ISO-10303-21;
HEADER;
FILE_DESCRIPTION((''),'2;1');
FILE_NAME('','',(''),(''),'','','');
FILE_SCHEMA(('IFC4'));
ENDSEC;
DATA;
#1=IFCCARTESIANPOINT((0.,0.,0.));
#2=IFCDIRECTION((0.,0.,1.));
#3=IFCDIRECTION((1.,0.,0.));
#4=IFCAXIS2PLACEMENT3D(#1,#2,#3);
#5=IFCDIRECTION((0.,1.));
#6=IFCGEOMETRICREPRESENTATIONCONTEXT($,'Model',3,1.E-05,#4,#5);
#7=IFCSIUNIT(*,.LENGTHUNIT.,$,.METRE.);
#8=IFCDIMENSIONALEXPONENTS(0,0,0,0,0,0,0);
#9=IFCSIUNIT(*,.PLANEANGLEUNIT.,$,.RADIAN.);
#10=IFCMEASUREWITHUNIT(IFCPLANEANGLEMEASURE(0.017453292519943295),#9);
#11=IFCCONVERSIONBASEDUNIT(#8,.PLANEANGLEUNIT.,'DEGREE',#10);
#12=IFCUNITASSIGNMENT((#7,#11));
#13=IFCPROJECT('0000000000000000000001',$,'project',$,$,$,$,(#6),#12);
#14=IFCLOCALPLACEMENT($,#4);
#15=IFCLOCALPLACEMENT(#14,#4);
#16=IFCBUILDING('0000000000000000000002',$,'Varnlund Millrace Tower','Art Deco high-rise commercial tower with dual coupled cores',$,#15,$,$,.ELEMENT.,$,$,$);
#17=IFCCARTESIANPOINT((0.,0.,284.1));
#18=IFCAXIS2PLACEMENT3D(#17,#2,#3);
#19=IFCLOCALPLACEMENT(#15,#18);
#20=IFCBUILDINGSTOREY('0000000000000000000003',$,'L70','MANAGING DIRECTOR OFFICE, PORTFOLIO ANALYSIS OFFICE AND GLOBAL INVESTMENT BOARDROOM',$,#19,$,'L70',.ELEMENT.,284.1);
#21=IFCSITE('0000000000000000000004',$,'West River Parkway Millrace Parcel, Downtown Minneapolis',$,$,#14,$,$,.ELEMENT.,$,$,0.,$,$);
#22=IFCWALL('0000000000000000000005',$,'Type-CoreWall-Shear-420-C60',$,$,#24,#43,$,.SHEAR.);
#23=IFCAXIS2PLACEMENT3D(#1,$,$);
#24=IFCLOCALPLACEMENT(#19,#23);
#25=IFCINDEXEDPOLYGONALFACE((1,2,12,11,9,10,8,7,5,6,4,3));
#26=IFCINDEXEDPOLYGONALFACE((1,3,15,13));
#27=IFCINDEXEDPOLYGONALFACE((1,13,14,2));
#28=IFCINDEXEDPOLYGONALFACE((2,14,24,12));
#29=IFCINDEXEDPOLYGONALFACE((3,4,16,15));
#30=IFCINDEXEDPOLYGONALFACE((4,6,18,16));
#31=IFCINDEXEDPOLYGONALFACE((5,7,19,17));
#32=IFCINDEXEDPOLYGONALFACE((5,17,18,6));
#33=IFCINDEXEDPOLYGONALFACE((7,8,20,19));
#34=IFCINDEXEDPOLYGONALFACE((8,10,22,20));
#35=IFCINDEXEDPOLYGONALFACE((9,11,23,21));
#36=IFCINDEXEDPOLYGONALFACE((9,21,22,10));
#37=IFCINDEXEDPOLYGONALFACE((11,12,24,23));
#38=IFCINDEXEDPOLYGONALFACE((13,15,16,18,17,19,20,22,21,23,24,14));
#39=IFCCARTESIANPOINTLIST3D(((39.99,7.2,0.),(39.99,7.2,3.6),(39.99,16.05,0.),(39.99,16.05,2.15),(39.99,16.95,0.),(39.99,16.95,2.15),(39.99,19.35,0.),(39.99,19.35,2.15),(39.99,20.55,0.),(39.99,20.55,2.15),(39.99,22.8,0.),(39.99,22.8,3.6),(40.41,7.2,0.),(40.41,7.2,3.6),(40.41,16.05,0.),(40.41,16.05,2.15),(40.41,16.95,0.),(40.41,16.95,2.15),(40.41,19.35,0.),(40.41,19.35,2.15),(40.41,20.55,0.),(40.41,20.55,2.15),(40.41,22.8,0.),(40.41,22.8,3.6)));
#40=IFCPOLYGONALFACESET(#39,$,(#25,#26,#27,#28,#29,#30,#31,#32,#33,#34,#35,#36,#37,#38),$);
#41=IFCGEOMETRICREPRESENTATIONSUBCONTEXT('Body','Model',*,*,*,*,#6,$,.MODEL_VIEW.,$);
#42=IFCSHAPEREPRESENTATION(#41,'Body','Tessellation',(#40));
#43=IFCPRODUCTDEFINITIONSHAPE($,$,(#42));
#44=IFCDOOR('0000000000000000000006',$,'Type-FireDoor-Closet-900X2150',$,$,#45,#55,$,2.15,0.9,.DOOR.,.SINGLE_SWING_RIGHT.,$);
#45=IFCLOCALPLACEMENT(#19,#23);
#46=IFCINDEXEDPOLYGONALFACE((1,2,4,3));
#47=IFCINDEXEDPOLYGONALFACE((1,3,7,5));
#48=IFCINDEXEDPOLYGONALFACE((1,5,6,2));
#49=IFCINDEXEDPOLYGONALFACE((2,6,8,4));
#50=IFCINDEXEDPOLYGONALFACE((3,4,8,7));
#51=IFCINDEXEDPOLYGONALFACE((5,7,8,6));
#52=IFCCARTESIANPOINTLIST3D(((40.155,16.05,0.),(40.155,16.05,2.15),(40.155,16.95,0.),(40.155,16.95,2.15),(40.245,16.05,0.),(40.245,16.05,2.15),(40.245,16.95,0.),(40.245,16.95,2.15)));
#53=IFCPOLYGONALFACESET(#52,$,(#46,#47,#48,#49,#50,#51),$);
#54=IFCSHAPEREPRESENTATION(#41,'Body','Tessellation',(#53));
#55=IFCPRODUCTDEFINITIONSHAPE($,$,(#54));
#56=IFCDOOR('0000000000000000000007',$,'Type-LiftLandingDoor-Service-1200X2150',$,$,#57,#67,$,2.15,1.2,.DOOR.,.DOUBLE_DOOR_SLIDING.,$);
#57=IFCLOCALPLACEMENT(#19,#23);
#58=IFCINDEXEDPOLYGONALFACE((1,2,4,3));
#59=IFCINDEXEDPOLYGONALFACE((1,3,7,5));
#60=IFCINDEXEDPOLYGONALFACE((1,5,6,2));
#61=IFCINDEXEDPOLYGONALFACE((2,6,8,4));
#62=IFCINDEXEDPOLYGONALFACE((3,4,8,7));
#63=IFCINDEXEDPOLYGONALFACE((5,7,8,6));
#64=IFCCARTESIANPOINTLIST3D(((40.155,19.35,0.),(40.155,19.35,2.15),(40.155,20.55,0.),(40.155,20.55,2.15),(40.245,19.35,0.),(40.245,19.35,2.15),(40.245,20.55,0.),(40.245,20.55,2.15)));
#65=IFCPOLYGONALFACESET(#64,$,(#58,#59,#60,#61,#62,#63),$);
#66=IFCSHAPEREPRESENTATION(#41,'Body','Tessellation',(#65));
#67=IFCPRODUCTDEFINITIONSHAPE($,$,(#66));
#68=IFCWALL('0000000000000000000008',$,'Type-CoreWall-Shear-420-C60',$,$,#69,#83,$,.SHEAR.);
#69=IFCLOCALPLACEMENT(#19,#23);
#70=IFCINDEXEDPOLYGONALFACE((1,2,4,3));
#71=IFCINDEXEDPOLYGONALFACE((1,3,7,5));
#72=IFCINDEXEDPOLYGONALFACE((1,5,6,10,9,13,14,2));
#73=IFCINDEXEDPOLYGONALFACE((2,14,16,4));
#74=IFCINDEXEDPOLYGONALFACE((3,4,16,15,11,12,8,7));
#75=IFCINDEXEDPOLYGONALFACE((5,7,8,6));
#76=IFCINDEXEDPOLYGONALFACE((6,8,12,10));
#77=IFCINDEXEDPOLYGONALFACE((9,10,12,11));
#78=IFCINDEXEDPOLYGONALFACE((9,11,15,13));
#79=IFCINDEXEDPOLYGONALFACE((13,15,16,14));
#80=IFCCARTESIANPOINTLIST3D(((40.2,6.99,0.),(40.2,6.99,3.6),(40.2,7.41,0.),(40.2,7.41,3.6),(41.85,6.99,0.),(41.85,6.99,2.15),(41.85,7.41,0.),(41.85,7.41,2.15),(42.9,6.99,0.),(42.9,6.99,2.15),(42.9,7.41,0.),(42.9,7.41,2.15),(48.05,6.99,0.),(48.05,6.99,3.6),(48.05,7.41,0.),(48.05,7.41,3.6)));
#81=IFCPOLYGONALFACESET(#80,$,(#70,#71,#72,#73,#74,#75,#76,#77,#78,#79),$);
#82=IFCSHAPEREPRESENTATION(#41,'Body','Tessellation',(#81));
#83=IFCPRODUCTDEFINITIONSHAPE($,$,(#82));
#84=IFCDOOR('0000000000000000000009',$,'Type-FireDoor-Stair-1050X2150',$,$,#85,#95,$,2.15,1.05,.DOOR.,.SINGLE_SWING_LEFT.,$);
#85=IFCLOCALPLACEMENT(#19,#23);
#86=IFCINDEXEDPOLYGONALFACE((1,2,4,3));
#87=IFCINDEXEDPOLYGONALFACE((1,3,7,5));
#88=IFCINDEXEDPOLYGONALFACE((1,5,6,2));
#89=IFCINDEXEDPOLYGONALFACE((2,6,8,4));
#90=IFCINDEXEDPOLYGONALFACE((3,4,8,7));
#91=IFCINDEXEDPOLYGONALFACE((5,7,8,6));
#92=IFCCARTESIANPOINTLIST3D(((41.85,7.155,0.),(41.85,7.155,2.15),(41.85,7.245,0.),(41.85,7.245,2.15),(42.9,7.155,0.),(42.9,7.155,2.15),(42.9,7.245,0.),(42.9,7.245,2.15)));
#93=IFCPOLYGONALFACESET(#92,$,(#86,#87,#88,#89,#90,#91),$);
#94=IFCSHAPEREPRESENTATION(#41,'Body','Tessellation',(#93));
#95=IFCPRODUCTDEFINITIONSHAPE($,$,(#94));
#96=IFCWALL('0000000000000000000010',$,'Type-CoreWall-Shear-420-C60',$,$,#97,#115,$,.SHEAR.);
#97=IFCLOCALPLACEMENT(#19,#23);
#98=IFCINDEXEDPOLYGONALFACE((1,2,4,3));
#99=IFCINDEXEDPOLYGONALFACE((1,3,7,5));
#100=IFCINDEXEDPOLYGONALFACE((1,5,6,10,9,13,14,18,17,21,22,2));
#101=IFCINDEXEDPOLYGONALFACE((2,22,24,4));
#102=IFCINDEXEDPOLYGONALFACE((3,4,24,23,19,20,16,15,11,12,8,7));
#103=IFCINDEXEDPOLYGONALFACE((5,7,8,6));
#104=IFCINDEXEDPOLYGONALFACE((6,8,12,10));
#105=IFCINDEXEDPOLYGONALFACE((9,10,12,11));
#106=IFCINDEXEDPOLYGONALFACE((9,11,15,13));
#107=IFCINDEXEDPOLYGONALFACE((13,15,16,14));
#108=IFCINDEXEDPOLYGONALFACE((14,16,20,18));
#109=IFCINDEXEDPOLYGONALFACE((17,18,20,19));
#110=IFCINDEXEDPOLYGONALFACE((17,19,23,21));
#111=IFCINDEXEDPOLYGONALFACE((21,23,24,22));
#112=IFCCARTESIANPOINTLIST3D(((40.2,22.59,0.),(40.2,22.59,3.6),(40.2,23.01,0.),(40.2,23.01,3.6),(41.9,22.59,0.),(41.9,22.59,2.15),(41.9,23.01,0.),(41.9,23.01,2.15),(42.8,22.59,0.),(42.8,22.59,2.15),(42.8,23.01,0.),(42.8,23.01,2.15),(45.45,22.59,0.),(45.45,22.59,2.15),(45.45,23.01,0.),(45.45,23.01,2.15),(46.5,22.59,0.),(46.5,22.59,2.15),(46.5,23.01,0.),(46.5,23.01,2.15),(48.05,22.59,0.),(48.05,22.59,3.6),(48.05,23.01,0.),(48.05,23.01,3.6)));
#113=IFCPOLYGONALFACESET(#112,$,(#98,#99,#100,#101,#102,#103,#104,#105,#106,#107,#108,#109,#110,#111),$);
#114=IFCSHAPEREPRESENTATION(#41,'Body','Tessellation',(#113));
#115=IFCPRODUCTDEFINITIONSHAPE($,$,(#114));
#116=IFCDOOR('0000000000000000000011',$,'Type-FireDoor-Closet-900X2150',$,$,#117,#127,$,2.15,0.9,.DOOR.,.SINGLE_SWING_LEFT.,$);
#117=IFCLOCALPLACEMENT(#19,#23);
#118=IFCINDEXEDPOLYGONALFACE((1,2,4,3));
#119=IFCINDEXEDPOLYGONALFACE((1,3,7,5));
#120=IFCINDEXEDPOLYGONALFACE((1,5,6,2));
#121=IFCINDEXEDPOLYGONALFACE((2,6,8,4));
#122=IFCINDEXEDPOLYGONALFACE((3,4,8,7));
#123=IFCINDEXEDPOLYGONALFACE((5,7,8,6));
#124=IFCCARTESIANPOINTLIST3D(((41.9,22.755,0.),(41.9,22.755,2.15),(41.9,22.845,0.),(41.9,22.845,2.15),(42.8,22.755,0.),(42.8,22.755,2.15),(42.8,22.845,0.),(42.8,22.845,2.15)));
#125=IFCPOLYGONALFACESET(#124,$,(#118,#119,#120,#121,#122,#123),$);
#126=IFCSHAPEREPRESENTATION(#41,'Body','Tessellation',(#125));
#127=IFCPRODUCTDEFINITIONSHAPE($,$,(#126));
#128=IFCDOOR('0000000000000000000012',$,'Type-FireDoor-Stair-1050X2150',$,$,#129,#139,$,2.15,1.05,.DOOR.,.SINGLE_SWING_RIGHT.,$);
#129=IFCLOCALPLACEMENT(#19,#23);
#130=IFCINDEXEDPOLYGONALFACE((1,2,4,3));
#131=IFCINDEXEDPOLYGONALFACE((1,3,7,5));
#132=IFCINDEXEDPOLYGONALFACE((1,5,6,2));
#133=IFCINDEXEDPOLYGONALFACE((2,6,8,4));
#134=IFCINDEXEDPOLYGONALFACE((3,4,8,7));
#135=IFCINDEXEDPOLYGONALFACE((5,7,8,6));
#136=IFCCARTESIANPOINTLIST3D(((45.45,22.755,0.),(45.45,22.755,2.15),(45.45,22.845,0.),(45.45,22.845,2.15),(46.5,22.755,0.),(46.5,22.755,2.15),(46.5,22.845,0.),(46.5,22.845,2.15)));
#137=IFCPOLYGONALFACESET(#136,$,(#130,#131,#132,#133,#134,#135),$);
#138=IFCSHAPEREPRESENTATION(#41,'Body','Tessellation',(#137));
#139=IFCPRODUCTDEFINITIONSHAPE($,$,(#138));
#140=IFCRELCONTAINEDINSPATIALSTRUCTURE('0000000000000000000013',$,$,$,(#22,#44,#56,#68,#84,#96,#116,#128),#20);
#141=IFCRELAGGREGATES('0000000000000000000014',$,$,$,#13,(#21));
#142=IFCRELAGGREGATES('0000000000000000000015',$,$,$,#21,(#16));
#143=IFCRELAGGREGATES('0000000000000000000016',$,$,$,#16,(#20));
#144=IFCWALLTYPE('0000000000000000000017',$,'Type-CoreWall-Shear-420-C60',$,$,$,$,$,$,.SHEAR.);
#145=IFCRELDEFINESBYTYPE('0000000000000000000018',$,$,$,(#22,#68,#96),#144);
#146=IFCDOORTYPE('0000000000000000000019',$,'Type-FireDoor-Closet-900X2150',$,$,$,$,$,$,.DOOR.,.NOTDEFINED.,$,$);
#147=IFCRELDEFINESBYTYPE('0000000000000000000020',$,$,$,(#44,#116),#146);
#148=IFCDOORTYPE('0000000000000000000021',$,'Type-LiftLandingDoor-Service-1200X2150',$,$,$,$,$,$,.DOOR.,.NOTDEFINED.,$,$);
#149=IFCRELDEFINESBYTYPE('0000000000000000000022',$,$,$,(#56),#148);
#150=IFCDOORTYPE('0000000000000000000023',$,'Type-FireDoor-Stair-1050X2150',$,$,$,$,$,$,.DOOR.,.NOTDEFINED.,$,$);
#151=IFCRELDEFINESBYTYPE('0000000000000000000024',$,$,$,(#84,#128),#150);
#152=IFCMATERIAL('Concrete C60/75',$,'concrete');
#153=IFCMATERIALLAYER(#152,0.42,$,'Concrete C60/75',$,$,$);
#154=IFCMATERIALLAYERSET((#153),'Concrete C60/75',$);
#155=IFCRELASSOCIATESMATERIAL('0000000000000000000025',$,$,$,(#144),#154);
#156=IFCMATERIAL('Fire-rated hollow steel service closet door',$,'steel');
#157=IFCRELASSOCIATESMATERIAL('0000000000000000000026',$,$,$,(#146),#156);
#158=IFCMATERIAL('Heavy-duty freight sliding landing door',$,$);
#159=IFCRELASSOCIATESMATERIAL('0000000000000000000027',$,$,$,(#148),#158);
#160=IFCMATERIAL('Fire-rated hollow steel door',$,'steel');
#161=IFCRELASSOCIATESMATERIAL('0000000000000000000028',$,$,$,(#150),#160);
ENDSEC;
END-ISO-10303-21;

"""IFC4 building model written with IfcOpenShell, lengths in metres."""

from ifc_helpers import new_model, entity, si_unit, converted_unit, direction, frame, origin_with_axes, origin_2d_with_axis, place, context, subcontext, project, spatial, polyline, rectangle, outline, extrude, material, layer, layer_set, type_object, element, fill, save


model = new_model("IFC4")

# Units and contexts
model_context = context("Model", 3, precision=1e-05, world=origin_with_axes(), true_north=direction((0.0, 1.0)))
body_context = subcontext(model_context, "Body", "Model", "MODEL_VIEW")
ifc_project = project(units=[si_unit("LENGTHUNIT", "METRE"), converted_unit("PLANEANGLEUNIT", "DEGREE", entity("IfcPlaneAngleMeasure", 0.017453292519943295), si_unit("PLANEANGLEUNIT", "RADIAN"), dimensions=[0, 0, 0, 0, 0, 0, 0])], contexts=[model_context])

# Site, building, storey
site_placement = place(None, origin_with_axes())
site = spatial("IfcSite", under=ifc_project, at=site_placement, Name="West River Parkway Millrace Parcel, Downtown Minneapolis", CompositionType="ELEMENT", RefElevation=0.0)
building_placement = place(site_placement, origin_with_axes())
building = spatial("IfcBuilding", under=site, at=building_placement, Name="Varnlund Millrace Tower", Description="Art Deco high-rise commercial tower with dual coupled cores", CompositionType="ELEMENT")
storey_placement = place(building_placement, frame((0.0, 0.0, 284.1), z_axis=(0.0, 0.0, 1.0), x_axis=(1.0, 0.0, 0.0)))
storey = spatial("IfcBuildingStorey", under=building, at=storey_placement, Name="L70", Description="MANAGING DIRECTOR OFFICE, PORTFOLIO ANALYSIS OFFICE AND GLOBAL INVESTMENT BOARDROOM", LongName="L70", CompositionType="ELEMENT", Elevation=284.1)

# Wall, openings, doors
ifc_material_1 = material(Name="Concrete C60/75", Category="concrete")
ifc_layer_1 = layer(ifc_material_1, 0.42, Name="Concrete C60/75")
ifc_layer_set_1 = layer_set([ifc_layer_1], Name="Concrete C60/75")
wall_type_1 = type_object("IfcWallType", Name="Type-CoreWall-Shear-420-C60", PredefinedType="SHEAR", material=ifc_layer_set_1)
wall_1_placement = place(storey_placement, frame((40.2, 7.2, 0.0), z_axis=(0.0, 0.0, 1.0), x_axis=(0.0, 1.0, 0.0)))
wall_1 = element("IfcWall", 1, at=wall_1_placement, inside=storey, type_object=wall_type_1, Name="Type-CoreWall-Shear-420-C60", PredefinedType="SHEAR", context=body_context, shape_type="SweptSolid", body=[
    extrude(outline(polyline([(0.0, -0.21), (15.6, -0.21), (15.6, 0.21), (0.0, 0.21), (0.0, -0.21)])), origin_with_axes(), (0.0, 0.0, 1.0), 3.6),
])
opening_1_placement = place(wall_1_placement, frame((12.75, 0.0, 0.0), z_axis=(0.0, 0.0, 1.0), x_axis=(1.0, 0.0, 0.0)))
opening_1 = element("IfcOpeningElement", 2, at=opening_1_placement, cuts=wall_1, PredefinedType="OPENING", context=body_context, shape_type="SweptSolid", body=[
    extrude(rectangle(XDim=1.2, YDim=0.44, at=origin_2d_with_axis()), origin_with_axes(), (0.0, 0.0, 1.0), 2.15),
])
opening_2_placement = place(wall_1_placement, frame((9.3, 0.0, 0.0), z_axis=(0.0, 0.0, 1.0), x_axis=(1.0, 0.0, 0.0)))
opening_2 = element("IfcOpeningElement", 3, at=opening_2_placement, cuts=wall_1, PredefinedType="OPENING", context=body_context, shape_type="SweptSolid", body=[
    extrude(rectangle(XDim=0.9, YDim=0.44, at=origin_2d_with_axis()), origin_with_axes(), (0.0, 0.0, 1.0), 2.15),
])
ifc_material_2 = material(Name="Fire-rated hollow steel service closet door", Category="steel")
door_type_1 = type_object("IfcDoorType", Name="Type-FireDoor-Closet-900X2150", OperationType="NOTDEFINED", PredefinedType="DOOR", material=ifc_material_2)
door_1_placement = place(wall_1_placement, frame((9.3, 0.0, 0.0), z_axis=(0.0, 0.0, 1.0), x_axis=(1.0, 0.0, 0.0)))
door_1 = element("IfcDoor", 4, at=door_1_placement, inside=storey, type_object=door_type_1, Name="Type-FireDoor-Closet-900X2150", OperationType="SINGLE_SWING_RIGHT", OverallHeight=2.15, OverallWidth=0.9, PredefinedType="DOOR", context=body_context, shape_type="SweptSolid", body=[
    extrude(rectangle(XDim=0.9, YDim=0.09, at=origin_2d_with_axis()), origin_with_axes(), (0.0, 0.0, 1.0), 2.15),
])
fill(opening_2, door_1)
ifc_material_3 = material(Name="Heavy-duty freight sliding landing door")
door_type_2 = type_object("IfcDoorType", Name="Type-LiftLandingDoor-Service-1200X2150", OperationType="NOTDEFINED", PredefinedType="DOOR", material=ifc_material_3)
door_2_placement = place(wall_1_placement, frame((12.75, 0.0, 0.0), z_axis=(0.0, 0.0, 1.0), x_axis=(1.0, 0.0, 0.0)))
door_2 = element("IfcDoor", 5, at=door_2_placement, inside=storey, type_object=door_type_2, Name="Type-LiftLandingDoor-Service-1200X2150", OperationType="DOUBLE_DOOR_SLIDING", OverallHeight=2.15, OverallWidth=1.2, PredefinedType="DOOR", context=body_context, shape_type="SweptSolid", body=[
    extrude(rectangle(XDim=1.2, YDim=0.09, at=origin_2d_with_axis()), origin_with_axes(), (0.0, 0.0, 1.0), 2.15),
])
fill(opening_1, door_2)

# Wall, opening, door
wall_2_placement = place(storey_placement, frame((40.2, 7.2, 0.0), z_axis=(0.0, 0.0, 1.0), x_axis=(1.0, 0.0, 0.0)))
wall_2 = element("IfcWall", 6, at=wall_2_placement, inside=storey, type_object=wall_type_1, Name="Type-CoreWall-Shear-420-C60", PredefinedType="SHEAR", context=body_context, shape_type="SweptSolid", body=[
    extrude(outline(polyline([(0.0, -0.21), (7.85, -0.21), (7.85, 0.21), (0.0, 0.21), (0.0, -0.21)])), origin_with_axes(), (0.0, 0.0, 1.0), 3.6),
])
opening_3_placement = place(wall_2_placement, frame((2.175, 0.0, 0.0), z_axis=(0.0, 0.0, 1.0), x_axis=(1.0, 0.0, 0.0)))
opening_3 = element("IfcOpeningElement", 7, at=opening_3_placement, cuts=wall_2, PredefinedType="OPENING", context=body_context, shape_type="SweptSolid", body=[
    extrude(rectangle(XDim=1.05, YDim=0.44, at=origin_2d_with_axis()), origin_with_axes(), (0.0, 0.0, 1.0), 2.15),
])
ifc_material_4 = material(Name="Fire-rated hollow steel door", Category="steel")
door_type_3 = type_object("IfcDoorType", Name="Type-FireDoor-Stair-1050X2150", OperationType="NOTDEFINED", PredefinedType="DOOR", material=ifc_material_4)
door_3_placement = place(wall_2_placement, frame((2.175, 0.0, 0.0), z_axis=(0.0, 0.0, 1.0), x_axis=(1.0, 0.0, 0.0)))
door_3 = element("IfcDoor", 8, at=door_3_placement, inside=storey, type_object=door_type_3, Name="Type-FireDoor-Stair-1050X2150", OperationType="SINGLE_SWING_LEFT", OverallHeight=2.15, OverallWidth=1.05, PredefinedType="DOOR", context=body_context, shape_type="SweptSolid", body=[
    extrude(rectangle(XDim=1.05, YDim=0.09, at=origin_2d_with_axis()), origin_with_axes(), (0.0, 0.0, 1.0), 2.15),
])
fill(opening_3, door_3)

# Wall, openings, doors
wall_3_placement = place(storey_placement, frame((40.2, 22.8, 0.0), z_axis=(0.0, 0.0, 1.0), x_axis=(1.0, 0.0, 0.0)))
wall_3 = element("IfcWall", 9, at=wall_3_placement, inside=storey, type_object=wall_type_1, Name="Type-CoreWall-Shear-420-C60", PredefinedType="SHEAR", context=body_context, shape_type="SweptSolid", body=[
    extrude(outline(polyline([(0.0, -0.21), (7.85, -0.21), (7.85, 0.21), (0.0, 0.21), (0.0, -0.21)])), origin_with_axes(), (0.0, 0.0, 1.0), 3.6),
])
opening_4_placement = place(wall_3_placement, frame((5.775, 0.0, 0.0), z_axis=(0.0, 0.0, 1.0), x_axis=(1.0, 0.0, 0.0)))
opening_4 = element("IfcOpeningElement", 10, at=opening_4_placement, cuts=wall_3, PredefinedType="OPENING", context=body_context, shape_type="SweptSolid", body=[
    extrude(rectangle(XDim=1.05, YDim=0.44, at=origin_2d_with_axis()), origin_with_axes(), (0.0, 0.0, 1.0), 2.15),
])
opening_5_placement = place(wall_3_placement, frame((2.15, 0.0, 0.0), z_axis=(0.0, 0.0, 1.0), x_axis=(1.0, 0.0, 0.0)))
opening_5 = element("IfcOpeningElement", 11, at=opening_5_placement, cuts=wall_3, PredefinedType="OPENING", context=body_context, shape_type="SweptSolid", body=[
    extrude(rectangle(XDim=0.9, YDim=0.44, at=origin_2d_with_axis()), origin_with_axes(), (0.0, 0.0, 1.0), 2.15),
])
door_4_placement = place(wall_3_placement, frame((2.15, 0.0, 0.0), z_axis=(0.0, 0.0, 1.0), x_axis=(1.0, 0.0, 0.0)))
door_4 = element("IfcDoor", 12, at=door_4_placement, inside=storey, type_object=door_type_1, Name="Type-FireDoor-Closet-900X2150", OperationType="SINGLE_SWING_LEFT", OverallHeight=2.15, OverallWidth=0.9, PredefinedType="DOOR", context=body_context, shape_type="SweptSolid", body=[
    extrude(rectangle(XDim=0.9, YDim=0.09, at=origin_2d_with_axis()), origin_with_axes(), (0.0, 0.0, 1.0), 2.15),
])
fill(opening_5, door_4)
door_5_placement = place(wall_3_placement, frame((5.775, 0.0, 0.0), z_axis=(0.0, 0.0, 1.0), x_axis=(1.0, 0.0, 0.0)))
door_5 = element("IfcDoor", 13, at=door_5_placement, inside=storey, type_object=door_type_3, Name="Type-FireDoor-Stair-1050X2150", OperationType="SINGLE_SWING_RIGHT", OverallHeight=2.15, OverallWidth=1.05, PredefinedType="DOOR", context=body_context, shape_type="SweptSolid", body=[
    extrude(rectangle(XDim=1.05, YDim=0.09, at=origin_2d_with_axis()), origin_with_axes(), (0.0, 0.0, 1.0), 2.15),
])
fill(opening_4, door_5)

save(model, "model.ifc")
